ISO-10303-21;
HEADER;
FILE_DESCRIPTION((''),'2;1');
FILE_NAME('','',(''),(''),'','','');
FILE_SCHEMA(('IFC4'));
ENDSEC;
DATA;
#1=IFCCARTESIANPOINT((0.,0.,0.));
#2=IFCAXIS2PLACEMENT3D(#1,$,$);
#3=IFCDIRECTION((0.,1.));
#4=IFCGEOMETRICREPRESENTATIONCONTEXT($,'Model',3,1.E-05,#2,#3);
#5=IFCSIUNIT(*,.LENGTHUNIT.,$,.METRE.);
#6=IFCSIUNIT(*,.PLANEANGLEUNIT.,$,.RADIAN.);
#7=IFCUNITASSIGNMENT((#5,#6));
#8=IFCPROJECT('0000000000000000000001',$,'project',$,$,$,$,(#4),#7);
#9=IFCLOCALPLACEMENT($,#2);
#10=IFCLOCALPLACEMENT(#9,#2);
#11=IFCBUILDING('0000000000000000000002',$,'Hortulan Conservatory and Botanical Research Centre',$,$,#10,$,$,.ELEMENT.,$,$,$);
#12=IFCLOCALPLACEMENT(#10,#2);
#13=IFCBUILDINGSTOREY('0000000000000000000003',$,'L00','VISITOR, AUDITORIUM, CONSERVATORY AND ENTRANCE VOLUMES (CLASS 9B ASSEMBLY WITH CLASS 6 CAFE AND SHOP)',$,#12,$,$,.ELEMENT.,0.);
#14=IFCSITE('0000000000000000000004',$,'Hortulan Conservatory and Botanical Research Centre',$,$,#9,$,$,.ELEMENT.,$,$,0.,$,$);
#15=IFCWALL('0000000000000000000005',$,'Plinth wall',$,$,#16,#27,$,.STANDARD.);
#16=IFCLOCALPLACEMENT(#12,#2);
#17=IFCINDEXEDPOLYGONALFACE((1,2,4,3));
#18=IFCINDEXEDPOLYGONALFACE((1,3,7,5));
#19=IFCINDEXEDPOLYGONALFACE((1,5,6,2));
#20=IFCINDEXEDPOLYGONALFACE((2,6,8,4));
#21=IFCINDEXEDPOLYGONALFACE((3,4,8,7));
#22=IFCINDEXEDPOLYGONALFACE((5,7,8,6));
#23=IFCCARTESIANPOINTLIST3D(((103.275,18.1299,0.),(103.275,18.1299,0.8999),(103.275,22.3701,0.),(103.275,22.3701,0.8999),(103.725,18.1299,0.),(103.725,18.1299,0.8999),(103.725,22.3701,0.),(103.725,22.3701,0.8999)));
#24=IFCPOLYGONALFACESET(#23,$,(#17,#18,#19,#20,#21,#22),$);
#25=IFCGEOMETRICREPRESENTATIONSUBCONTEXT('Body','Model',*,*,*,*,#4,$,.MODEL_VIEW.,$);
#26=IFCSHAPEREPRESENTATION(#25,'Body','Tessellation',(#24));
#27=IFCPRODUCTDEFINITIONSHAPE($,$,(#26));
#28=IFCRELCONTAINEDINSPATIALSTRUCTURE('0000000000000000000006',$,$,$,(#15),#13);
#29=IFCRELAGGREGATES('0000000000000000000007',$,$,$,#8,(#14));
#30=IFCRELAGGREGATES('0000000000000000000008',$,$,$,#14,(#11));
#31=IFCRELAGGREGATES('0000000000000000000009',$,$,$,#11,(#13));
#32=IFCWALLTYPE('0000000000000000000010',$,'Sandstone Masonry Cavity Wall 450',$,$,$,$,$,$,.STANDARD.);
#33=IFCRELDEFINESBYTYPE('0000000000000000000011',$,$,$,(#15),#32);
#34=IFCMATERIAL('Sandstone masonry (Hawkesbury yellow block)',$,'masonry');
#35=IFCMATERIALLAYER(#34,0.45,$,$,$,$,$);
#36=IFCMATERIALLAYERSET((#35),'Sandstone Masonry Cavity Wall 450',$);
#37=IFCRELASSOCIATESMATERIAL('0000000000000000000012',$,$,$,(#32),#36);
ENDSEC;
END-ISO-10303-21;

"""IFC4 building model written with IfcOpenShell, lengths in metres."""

from ifc_helpers import new_model, si_unit, direction, frame, frame_2d, origin, place, context, subcontext, project, spatial, rectangle, extrude, material, layer, layer_set, type_object, element, save


model = new_model("IFC4")

# Units and contexts
model_context = context("Model", 3, precision=1e-05, world=origin(), true_north=direction((0.0, 1.0)))
body_context = subcontext(model_context, "Body", "Model", "MODEL_VIEW")
ifc_project = project(units=[si_unit("LENGTHUNIT", "METRE"), si_unit("PLANEANGLEUNIT", "RADIAN")], contexts=[model_context])

# Site, building, storey
site_placement = place(None, origin())
site = spatial("IfcSite", under=ifc_project, at=site_placement, Name="Hortulan Conservatory and Botanical Research Centre", CompositionType="ELEMENT", RefElevation=0.0)
building_placement = place(site_placement, origin())
building = spatial("IfcBuilding", under=site, at=building_placement, Name="Hortulan Conservatory and Botanical Research Centre", CompositionType="ELEMENT")
storey_placement = place(building_placement, origin())
storey = spatial("IfcBuildingStorey", under=building, at=storey_placement, Name="L00", Description="VISITOR, AUDITORIUM, CONSERVATORY AND ENTRANCE VOLUMES (CLASS 9B ASSEMBLY WITH CLASS 6 CAFE AND SHOP)", CompositionType="ELEMENT", Elevation=0.0)

# Wall
ifc_material_1 = material(Name="Sandstone masonry (Hawkesbury yellow block)", Category="masonry")
ifc_layer_1 = layer(ifc_material_1, 0.45)
ifc_layer_set_1 = layer_set([ifc_layer_1], Name="Sandstone Masonry Cavity Wall 450")
wall_type = type_object("IfcWallType", Name="Sandstone Masonry Cavity Wall 450", PredefinedType="STANDARD", material=ifc_layer_set_1)
wall_placement = place(storey_placement, frame((103.5, 18.1299, 0.0), z_axis=(0.0, 0.0, 1.0), x_axis=(0.0, 1.0, 0.0)))
element("IfcWall", 1, at=wall_placement, inside=storey, type_object=wall_type, Name="Plinth wall", PredefinedType="STANDARD", context=body_context, shape_type="SweptSolid", body=[
    extrude(rectangle(XDim=4.2402, YDim=0.45, at=frame_2d((2.1201, 0.0))), origin(), (0.0, 0.0, 1.0), 0.8999),
])

save(model, "model.ifc")
